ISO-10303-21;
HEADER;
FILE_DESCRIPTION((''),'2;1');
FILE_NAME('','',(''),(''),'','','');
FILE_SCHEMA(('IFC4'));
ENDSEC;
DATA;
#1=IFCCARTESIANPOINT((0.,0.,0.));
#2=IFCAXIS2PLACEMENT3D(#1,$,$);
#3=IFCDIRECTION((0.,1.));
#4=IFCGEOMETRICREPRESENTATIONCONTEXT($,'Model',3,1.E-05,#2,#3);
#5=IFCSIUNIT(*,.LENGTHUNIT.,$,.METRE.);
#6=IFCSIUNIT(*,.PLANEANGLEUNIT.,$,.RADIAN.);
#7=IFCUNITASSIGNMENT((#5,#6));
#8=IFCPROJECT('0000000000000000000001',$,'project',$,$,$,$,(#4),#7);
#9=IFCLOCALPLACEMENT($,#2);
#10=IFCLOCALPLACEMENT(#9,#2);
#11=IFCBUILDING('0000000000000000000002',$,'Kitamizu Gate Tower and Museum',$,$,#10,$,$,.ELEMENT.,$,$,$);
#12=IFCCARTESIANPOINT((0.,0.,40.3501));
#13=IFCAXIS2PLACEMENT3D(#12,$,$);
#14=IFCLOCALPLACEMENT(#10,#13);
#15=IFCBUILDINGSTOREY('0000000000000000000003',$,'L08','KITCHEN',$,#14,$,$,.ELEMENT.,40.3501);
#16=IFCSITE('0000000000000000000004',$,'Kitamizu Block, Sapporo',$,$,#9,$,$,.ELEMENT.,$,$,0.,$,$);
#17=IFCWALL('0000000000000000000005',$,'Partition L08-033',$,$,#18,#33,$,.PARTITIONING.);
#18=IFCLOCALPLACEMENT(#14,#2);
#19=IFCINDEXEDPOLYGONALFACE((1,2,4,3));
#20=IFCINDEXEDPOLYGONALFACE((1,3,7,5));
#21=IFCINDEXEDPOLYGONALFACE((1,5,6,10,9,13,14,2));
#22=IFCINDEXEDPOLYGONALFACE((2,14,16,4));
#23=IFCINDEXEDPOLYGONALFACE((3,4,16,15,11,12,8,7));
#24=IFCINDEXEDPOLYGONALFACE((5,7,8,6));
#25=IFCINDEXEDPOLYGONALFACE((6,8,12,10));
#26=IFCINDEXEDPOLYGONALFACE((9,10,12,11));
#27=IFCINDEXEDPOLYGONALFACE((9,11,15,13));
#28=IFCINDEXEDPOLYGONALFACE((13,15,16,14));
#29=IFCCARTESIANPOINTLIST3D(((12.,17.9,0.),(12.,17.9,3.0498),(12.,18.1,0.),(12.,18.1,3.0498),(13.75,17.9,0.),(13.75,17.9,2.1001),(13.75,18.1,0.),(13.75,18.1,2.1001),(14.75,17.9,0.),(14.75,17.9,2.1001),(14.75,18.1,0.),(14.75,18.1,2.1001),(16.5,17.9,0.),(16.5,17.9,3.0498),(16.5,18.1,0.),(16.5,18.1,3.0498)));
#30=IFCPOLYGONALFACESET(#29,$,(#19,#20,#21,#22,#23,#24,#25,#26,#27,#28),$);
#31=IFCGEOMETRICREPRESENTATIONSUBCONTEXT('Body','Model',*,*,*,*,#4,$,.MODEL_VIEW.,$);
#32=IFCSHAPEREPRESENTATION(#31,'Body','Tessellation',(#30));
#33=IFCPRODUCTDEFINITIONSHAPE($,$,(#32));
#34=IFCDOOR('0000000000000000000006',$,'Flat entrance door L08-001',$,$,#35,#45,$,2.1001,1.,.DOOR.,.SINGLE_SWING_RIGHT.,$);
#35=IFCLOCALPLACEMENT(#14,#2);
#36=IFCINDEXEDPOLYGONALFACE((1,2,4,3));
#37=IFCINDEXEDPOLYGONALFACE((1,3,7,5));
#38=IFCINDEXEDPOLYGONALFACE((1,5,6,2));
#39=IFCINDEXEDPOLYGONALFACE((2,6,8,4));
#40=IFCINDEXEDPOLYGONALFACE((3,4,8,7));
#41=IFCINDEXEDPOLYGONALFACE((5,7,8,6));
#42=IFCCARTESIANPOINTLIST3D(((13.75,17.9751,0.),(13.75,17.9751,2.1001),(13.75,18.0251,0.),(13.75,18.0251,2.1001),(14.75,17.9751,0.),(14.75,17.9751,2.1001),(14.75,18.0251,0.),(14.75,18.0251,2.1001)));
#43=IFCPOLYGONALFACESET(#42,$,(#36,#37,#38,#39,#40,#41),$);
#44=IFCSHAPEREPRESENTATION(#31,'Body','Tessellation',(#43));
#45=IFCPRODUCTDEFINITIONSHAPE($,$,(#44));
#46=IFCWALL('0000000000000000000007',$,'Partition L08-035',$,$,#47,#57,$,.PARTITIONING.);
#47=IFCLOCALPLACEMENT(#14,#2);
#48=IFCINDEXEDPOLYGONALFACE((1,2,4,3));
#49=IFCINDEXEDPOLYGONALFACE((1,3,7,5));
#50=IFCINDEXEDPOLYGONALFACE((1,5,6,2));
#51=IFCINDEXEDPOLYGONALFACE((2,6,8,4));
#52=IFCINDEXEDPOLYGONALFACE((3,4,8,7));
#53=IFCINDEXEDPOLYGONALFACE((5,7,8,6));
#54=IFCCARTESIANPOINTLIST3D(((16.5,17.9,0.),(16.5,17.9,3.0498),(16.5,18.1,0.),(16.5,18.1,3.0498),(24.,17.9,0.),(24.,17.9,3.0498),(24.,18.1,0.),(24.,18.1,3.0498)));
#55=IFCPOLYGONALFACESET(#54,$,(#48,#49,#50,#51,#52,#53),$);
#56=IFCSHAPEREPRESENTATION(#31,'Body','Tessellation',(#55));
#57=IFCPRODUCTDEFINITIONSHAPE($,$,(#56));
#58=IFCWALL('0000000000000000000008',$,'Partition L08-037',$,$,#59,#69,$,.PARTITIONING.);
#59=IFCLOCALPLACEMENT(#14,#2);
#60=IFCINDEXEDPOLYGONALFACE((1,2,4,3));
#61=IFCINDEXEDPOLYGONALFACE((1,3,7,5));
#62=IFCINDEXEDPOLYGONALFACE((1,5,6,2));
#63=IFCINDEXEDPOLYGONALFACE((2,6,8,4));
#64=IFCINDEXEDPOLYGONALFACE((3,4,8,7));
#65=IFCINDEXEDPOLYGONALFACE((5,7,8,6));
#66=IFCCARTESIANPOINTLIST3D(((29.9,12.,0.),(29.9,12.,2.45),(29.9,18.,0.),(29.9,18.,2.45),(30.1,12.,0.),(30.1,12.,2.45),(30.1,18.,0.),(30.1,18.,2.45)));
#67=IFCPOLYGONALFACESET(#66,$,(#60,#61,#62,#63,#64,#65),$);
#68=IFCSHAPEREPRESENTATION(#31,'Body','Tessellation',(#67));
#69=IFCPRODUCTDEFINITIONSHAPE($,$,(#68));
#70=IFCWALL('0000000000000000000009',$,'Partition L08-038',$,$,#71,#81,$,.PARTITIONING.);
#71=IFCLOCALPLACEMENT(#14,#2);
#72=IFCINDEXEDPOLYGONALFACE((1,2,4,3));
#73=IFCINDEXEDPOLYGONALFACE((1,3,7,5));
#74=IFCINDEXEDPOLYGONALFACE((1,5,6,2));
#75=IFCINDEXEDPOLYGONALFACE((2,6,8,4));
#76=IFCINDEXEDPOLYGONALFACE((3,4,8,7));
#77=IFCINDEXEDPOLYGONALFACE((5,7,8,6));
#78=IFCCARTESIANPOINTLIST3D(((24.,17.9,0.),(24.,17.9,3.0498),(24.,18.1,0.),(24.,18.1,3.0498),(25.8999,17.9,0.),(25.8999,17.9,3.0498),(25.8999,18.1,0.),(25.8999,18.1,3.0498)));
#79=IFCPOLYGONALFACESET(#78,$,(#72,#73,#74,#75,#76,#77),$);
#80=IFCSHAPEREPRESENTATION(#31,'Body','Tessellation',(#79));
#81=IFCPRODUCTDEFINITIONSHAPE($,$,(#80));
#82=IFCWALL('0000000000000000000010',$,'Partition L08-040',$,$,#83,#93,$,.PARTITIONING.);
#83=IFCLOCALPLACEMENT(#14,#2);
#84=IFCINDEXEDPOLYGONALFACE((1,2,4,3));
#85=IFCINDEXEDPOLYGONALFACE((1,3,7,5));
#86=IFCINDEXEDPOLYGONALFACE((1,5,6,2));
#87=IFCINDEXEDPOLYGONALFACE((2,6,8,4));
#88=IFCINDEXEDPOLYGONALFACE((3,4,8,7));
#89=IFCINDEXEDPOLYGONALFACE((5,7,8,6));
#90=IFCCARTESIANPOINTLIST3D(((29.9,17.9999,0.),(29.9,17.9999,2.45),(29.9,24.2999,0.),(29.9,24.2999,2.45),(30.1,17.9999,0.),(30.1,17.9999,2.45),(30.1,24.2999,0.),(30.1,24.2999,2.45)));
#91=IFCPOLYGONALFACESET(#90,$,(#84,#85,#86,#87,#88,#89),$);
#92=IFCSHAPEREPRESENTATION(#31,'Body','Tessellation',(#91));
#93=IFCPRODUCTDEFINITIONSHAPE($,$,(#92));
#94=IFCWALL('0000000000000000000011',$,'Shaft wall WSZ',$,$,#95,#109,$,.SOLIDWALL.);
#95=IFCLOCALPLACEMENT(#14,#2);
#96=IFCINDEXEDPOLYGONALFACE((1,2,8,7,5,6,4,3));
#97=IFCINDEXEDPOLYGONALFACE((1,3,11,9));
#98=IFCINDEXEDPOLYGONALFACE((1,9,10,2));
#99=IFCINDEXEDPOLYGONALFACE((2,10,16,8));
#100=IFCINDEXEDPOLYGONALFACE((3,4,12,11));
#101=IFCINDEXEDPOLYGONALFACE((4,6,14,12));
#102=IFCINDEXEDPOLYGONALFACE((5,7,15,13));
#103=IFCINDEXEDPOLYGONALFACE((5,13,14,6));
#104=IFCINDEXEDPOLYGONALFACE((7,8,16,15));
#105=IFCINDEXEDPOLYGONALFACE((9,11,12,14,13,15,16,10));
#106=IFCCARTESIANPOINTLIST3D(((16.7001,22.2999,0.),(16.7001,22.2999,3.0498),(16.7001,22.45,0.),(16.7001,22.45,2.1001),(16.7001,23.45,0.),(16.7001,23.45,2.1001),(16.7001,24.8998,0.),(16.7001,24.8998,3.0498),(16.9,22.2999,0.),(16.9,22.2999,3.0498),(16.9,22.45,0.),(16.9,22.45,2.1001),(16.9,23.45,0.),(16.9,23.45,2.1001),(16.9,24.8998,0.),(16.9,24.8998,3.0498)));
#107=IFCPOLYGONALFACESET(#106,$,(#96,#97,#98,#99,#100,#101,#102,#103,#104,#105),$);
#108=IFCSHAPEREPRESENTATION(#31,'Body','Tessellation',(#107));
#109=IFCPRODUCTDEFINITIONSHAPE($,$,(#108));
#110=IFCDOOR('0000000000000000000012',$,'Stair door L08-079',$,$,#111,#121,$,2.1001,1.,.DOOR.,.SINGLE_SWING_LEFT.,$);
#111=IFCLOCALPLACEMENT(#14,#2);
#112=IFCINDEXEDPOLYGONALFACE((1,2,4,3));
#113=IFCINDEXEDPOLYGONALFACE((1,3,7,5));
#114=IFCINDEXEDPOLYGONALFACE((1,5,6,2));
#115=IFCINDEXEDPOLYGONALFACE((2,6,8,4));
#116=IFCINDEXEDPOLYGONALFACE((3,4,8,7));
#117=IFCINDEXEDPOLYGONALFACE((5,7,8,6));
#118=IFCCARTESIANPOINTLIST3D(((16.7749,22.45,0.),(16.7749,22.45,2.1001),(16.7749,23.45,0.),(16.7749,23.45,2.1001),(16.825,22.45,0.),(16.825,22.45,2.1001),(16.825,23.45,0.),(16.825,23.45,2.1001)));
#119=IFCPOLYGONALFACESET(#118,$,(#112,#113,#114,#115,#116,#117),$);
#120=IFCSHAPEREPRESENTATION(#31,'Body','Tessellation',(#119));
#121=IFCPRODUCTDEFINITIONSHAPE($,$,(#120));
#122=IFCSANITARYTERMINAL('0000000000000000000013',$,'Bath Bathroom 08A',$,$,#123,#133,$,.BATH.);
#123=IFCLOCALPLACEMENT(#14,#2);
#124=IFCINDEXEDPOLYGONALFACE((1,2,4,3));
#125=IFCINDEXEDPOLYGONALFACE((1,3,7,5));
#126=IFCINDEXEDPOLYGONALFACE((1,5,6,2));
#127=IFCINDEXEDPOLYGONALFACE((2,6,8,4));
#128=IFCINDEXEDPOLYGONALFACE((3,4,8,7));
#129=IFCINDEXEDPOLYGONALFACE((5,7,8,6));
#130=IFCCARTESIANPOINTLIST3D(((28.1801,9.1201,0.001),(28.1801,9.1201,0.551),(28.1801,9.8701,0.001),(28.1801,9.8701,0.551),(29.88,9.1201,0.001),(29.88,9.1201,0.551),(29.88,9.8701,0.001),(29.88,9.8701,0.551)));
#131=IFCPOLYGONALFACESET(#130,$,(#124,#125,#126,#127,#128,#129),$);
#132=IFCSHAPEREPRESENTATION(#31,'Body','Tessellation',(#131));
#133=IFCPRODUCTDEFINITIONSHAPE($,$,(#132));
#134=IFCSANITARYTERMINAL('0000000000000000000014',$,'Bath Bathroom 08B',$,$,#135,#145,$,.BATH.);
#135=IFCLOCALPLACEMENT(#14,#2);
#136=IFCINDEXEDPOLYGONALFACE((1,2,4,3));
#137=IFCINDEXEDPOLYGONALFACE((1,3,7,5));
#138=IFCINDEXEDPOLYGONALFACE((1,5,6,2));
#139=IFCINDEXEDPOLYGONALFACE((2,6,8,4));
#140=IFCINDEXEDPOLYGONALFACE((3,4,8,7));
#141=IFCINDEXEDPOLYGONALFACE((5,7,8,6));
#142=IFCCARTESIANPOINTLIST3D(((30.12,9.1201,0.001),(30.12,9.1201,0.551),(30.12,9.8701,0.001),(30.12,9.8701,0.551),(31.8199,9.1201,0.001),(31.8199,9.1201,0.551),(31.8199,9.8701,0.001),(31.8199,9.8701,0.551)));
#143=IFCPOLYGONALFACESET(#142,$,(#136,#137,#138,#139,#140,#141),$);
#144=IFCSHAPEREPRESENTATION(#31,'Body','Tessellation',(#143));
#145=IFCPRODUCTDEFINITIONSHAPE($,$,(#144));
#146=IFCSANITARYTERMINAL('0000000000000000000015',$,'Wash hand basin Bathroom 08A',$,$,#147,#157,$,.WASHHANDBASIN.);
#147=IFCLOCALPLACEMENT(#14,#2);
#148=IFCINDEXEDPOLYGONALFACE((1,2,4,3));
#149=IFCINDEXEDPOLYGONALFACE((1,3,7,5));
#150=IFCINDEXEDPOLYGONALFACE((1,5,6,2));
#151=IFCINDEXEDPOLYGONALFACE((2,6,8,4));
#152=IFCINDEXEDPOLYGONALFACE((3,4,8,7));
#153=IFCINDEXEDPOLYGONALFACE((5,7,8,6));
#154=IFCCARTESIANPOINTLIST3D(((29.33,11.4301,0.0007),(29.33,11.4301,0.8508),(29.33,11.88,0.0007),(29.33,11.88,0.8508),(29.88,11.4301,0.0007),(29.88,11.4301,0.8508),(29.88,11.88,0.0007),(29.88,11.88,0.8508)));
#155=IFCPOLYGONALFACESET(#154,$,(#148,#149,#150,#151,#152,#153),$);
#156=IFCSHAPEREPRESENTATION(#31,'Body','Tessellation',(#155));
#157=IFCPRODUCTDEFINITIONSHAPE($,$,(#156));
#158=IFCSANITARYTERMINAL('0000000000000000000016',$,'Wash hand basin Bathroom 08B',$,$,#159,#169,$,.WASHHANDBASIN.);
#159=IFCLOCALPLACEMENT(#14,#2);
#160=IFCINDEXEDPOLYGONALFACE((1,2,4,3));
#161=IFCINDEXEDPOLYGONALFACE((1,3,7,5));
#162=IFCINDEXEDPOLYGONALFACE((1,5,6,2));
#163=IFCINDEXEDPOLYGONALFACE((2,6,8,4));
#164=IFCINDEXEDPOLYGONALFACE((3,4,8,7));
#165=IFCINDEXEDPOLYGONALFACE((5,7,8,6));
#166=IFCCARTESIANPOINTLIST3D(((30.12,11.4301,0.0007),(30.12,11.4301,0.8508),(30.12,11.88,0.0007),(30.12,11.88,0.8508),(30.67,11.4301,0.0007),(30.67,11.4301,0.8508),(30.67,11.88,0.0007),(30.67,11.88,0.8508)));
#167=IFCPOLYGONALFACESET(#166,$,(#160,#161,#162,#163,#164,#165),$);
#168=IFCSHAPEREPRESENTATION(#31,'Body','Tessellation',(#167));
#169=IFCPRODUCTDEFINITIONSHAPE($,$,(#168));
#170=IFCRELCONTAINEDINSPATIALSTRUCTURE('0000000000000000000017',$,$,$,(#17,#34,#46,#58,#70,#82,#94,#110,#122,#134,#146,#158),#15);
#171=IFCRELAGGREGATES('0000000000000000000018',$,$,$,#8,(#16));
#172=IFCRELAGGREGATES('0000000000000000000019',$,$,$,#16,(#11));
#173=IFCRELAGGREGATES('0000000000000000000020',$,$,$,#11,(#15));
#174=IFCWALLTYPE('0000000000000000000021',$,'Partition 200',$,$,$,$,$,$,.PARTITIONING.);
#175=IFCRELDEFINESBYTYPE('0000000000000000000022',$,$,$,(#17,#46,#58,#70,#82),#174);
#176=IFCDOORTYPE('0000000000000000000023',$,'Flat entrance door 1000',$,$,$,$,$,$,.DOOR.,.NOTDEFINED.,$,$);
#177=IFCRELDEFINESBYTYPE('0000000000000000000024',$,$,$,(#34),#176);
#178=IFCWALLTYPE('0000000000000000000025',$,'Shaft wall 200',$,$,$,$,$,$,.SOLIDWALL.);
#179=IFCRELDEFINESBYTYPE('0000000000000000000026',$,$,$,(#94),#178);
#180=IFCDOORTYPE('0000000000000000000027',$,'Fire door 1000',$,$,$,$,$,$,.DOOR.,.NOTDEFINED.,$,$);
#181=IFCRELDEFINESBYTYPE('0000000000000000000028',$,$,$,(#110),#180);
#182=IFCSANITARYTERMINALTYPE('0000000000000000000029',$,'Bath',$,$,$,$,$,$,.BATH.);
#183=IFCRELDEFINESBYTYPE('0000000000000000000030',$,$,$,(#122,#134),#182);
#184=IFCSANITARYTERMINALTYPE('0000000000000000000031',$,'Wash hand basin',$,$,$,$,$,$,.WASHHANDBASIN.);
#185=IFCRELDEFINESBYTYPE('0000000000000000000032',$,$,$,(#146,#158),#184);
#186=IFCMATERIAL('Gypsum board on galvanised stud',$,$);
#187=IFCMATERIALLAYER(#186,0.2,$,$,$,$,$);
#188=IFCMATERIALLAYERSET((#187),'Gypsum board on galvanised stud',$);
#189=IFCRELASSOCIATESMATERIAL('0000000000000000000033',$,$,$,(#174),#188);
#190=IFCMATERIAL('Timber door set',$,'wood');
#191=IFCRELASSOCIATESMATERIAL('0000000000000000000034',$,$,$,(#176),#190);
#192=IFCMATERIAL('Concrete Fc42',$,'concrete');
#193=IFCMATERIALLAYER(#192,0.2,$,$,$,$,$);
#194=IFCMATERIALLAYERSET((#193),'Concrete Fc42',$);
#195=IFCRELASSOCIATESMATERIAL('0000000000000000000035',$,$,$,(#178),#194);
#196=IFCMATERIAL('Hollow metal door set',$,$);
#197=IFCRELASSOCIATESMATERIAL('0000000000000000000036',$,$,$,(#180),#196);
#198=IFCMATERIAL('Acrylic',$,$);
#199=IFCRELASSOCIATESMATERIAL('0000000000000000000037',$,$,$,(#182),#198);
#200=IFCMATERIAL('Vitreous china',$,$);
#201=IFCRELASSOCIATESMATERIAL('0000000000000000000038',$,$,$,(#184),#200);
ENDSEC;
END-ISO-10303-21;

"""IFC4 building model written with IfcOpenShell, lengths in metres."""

from ifc_helpers import new_model, si_unit, direction, frame, frame_2d, origin, origin_2d, place, context, subcontext, project, spatial, rectangle, extrude, material, layer, layer_set, type_object, element, fill, save


model = new_model("IFC4")

# Units and contexts
model_context = context("Model", 3, precision=1e-05, world=origin(), true_north=direction((0.0, 1.0)))
body_context = subcontext(model_context, "Body", "Model", "MODEL_VIEW")
ifc_project = project(units=[si_unit("LENGTHUNIT", "METRE"), si_unit("PLANEANGLEUNIT", "RADIAN")], contexts=[model_context])

# Site, building, storey
site_placement = place(None, origin())
site = spatial("IfcSite", under=ifc_project, at=site_placement, Name="Kitamizu Block, Sapporo", CompositionType="ELEMENT", RefElevation=0.0)
building_placement = place(site_placement, origin())
building = spatial("IfcBuilding", under=site, at=building_placement, Name="Kitamizu Gate Tower and Museum", CompositionType="ELEMENT")
storey_placement = place(building_placement, frame((0.0, 0.0, 40.3501)))
storey = spatial("IfcBuildingStorey", under=building, at=storey_placement, Name="L08", Description="KITCHEN", CompositionType="ELEMENT", Elevation=40.3501)

# Shared definitions
ifc_material_1 = material(Name="Gypsum board on galvanised stud")
ifc_layer_1 = layer(ifc_material_1, 0.2)
ifc_layer_set_1 = layer_set([ifc_layer_1], Name="Gypsum board on galvanised stud")
wall_type_1 = type_object("IfcWallType", Name="Partition 200", PredefinedType="PARTITIONING", material=ifc_layer_set_1)

# Wall, opening, door
wall_1_placement = place(storey_placement, frame((16.5, 18.0, 0.0), z_axis=(0.0, 0.0, 1.0), x_axis=(-1.0, 0.0, 0.0)))
wall_1 = element("IfcWall", 1, at=wall_1_placement, inside=storey, type_object=wall_type_1, Name="Partition L08-033", PredefinedType="PARTITIONING", context=body_context, shape_type="SweptSolid", body=[
    extrude(rectangle(XDim=4.5, YDim=0.2, at=frame_2d((2.25, 0.0))), origin(), (0.0, 0.0, 1.0), 3.0498),
])
opening_1_placement = place(wall_1_placement, frame((1.75, 0.0, 0.0)))
opening_1 = element("IfcOpeningElement", 2, at=opening_1_placement, cuts=wall_1, PredefinedType="OPENING", context=body_context, shape_type="SweptSolid", body=[
    extrude(rectangle(XDim=1.0, YDim=2.1001, at=frame_2d((0.5, 1.05))), frame((0.0, 0.1099, 0.0), z_axis=(0.0, -1.0, 0.0), x_axis=(1.0, 0.0, 0.0)), (0.0, 0.0, 1.0), 0.22),
])
ifc_material_2 = material(Name="Timber door set", Category="wood")
door_type_1 = type_object("IfcDoorType", Name="Flat entrance door 1000", OperationType="NOTDEFINED", PredefinedType="DOOR", material=ifc_material_2)
door_1_placement = place(opening_1_placement, origin())
door_1 = element("IfcDoor", 3, at=door_1_placement, inside=storey, type_object=door_type_1, Name="Flat entrance door L08-001", OperationType="SINGLE_SWING_RIGHT", OverallHeight=2.1001, OverallWidth=1.0, PredefinedType="DOOR", context=body_context, shape_type="SweptSolid", body=[
    extrude(rectangle(XDim=1.0, YDim=2.1001, at=frame_2d((0.5, 1.05))), frame((0.0, 0.0249, 0.0), z_axis=(0.0, -1.0, 0.0), x_axis=(1.0, 0.0, 0.0)), (0.0, 0.0, 1.0), 0.05),
])
fill(opening_1, door_1)

# Walls
wall_2_placement = place(storey_placement, frame((24.0, 18.0, 0.0), z_axis=(0.0, 0.0, 1.0), x_axis=(-1.0, 0.0, 0.0)))
element("IfcWall", 4, at=wall_2_placement, inside=storey, type_object=wall_type_1, Name="Partition L08-035", PredefinedType="PARTITIONING", context=body_context, shape_type="SweptSolid", body=[
    extrude(rectangle(XDim=7.5, YDim=0.2, at=frame_2d((3.75, 0.0))), origin(), (0.0, 0.0, 1.0), 3.0498),
])
wall_3_placement = place(storey_placement, frame((30.0, 12.0, 0.0), z_axis=(0.0, 0.0, 1.0), x_axis=(0.0, 1.0, 0.0)))
element("IfcWall", 5, at=wall_3_placement, inside=storey, type_object=wall_type_1, Name="Partition L08-037", PredefinedType="PARTITIONING", context=body_context, shape_type="SweptSolid", body=[
    extrude(rectangle(XDim=6.0, YDim=0.2, at=frame_2d((3.0, 0.0))), origin(), (0.0, 0.0, 1.0), 2.45),
])
wall_4_placement = place(storey_placement, frame((25.8999, 18.0, 0.0), z_axis=(0.0, 0.0, 1.0), x_axis=(-1.0, 0.0, 0.0)))
element("IfcWall", 6, at=wall_4_placement, inside=storey, type_object=wall_type_1, Name="Partition L08-038", PredefinedType="PARTITIONING", context=body_context, shape_type="SweptSolid", body=[
    extrude(rectangle(XDim=1.8999, YDim=0.2, at=frame_2d((0.95, 0.0))), origin(), (0.0, 0.0, 1.0), 3.0498),
])
wall_5_placement = place(storey_placement, frame((30.0, 18.0, 0.0), z_axis=(0.0, 0.0, 1.0), x_axis=(0.0, 1.0, 0.0)))
element("IfcWall", 7, at=wall_5_placement, inside=storey, type_object=wall_type_1, Name="Partition L08-040", PredefinedType="PARTITIONING", context=body_context, shape_type="SweptSolid", body=[
    extrude(rectangle(XDim=6.3, YDim=0.2, at=frame_2d((3.1499, 0.0))), origin(), (0.0, 0.0, 1.0), 2.45),
])

# Wall, opening, door
ifc_material_3 = material(Name="Concrete Fc42", Category="concrete")
ifc_layer_2 = layer(ifc_material_3, 0.2)
ifc_layer_set_2 = layer_set([ifc_layer_2], Name="Concrete Fc42")
wall_type_2 = type_object("IfcWallType", Name="Shaft wall 200", PredefinedType="SOLIDWALL", material=ifc_layer_set_2)
wall_6_placement = place(storey_placement, frame((16.8, 22.3, 0.0), z_axis=(0.0, 0.0, 1.0), x_axis=(0.0, 1.0, 0.0)))
wall_6 = element("IfcWall", 8, at=wall_6_placement, inside=storey, type_object=wall_type_2, Name="Shaft wall WSZ", PredefinedType="SOLIDWALL", context=body_context, shape_type="SweptSolid", body=[
    extrude(rectangle(XDim=2.5999, YDim=0.2, at=frame_2d((1.2998, 0.0))), origin(), (0.0, 0.0, 1.0), 3.0498),
])
opening_2_placement = place(wall_6_placement, frame((0.1499, 0.0, 0.0)))
opening_2 = element("IfcOpeningElement", 9, at=opening_2_placement, cuts=wall_6, PredefinedType="OPENING", context=body_context, shape_type="SweptSolid", body=[
    extrude(rectangle(XDim=1.0, YDim=2.1001, at=frame_2d((0.5, 1.05))), frame((0.0, 0.1099, 0.0), z_axis=(0.0, -1.0, 0.0), x_axis=(1.0, 0.0, 0.0)), (0.0, 0.0, 1.0), 0.22),
])
ifc_material_4 = material(Name="Hollow metal door set")
door_type_2 = type_object("IfcDoorType", Name="Fire door 1000", OperationType="NOTDEFINED", PredefinedType="DOOR", material=ifc_material_4)
door_2_placement = place(opening_2_placement, frame((1.0, 0.0, 0.0), x_axis=(-1.0, 0.0, 0.0)))
door_2 = element("IfcDoor", 10, at=door_2_placement, inside=storey, type_object=door_type_2, Name="Stair door L08-079", OperationType="SINGLE_SWING_LEFT", OverallHeight=2.1001, OverallWidth=1.0, PredefinedType="DOOR", context=body_context, shape_type="SweptSolid", body=[
    extrude(rectangle(XDim=1.0, YDim=2.1001, at=frame_2d((0.5, 1.05))), frame((0.0, 0.0249, 0.0), z_axis=(0.0, -1.0, 0.0), x_axis=(1.0, 0.0, 0.0)), (0.0, 0.0, 1.0), 0.05),
])
fill(opening_2, door_2)

# Sanitary terminals
ifc_material_5 = material(Name="Acrylic")
sanitary_terminal_type_1 = type_object("IfcSanitaryTerminalType", Name="Bath", PredefinedType="BATH", material=ifc_material_5)
for number, where, z_axis, x_axis, name in (
    (11, (29.03, 9.4951, 0.001), (0.0, 0.0, 1.0), (1.0, 0.0, 0.0), "Bath Bathroom 08A"),
    (12, (30.97, 9.4951, 0.001), (0.0, 0.0, 1.0), (1.0, 0.0, 0.0), "Bath Bathroom 08B"),
):
    element("IfcSanitaryTerminal", number, at=place(storey_placement, frame(where, z_axis=z_axis, x_axis=x_axis)), inside=storey, type_object=sanitary_terminal_type_1, Name=name, PredefinedType="BATH", context=body_context, shape_type="SweptSolid", body=[
        extrude(rectangle(XDim=1.7, YDim=0.75, at=origin_2d()), origin(), (0.0, 0.0, 1.0), 0.55),
    ])
ifc_material_6 = material(Name="Vitreous china")
sanitary_terminal_type_2 = type_object("IfcSanitaryTerminalType", Name="Wash hand basin", PredefinedType="WASHHANDBASIN", material=ifc_material_6)
for number, where, z_axis, x_axis, name in (
    (13, (29.605, 11.655, 0.0007), (0.0, 0.0, 1.0), (1.0, 0.0, 0.0), "Wash hand basin Bathroom 08A"),
    (14, (30.395, 11.655, 0.0007), (0.0, 0.0, 1.0), (1.0, 0.0, 0.0), "Wash hand basin Bathroom 08B"),
):
    element("IfcSanitaryTerminal", number, at=place(storey_placement, frame(where, z_axis=z_axis, x_axis=x_axis)), inside=storey, type_object=sanitary_terminal_type_2, Name=name, PredefinedType="WASHHANDBASIN", context=body_context, shape_type="SweptSolid", body=[
        extrude(rectangle(XDim=0.55, YDim=0.45, at=origin_2d()), origin(), (0.0, 0.0, 1.0), 0.8501),
    ])

save(model, "model.ifc")
